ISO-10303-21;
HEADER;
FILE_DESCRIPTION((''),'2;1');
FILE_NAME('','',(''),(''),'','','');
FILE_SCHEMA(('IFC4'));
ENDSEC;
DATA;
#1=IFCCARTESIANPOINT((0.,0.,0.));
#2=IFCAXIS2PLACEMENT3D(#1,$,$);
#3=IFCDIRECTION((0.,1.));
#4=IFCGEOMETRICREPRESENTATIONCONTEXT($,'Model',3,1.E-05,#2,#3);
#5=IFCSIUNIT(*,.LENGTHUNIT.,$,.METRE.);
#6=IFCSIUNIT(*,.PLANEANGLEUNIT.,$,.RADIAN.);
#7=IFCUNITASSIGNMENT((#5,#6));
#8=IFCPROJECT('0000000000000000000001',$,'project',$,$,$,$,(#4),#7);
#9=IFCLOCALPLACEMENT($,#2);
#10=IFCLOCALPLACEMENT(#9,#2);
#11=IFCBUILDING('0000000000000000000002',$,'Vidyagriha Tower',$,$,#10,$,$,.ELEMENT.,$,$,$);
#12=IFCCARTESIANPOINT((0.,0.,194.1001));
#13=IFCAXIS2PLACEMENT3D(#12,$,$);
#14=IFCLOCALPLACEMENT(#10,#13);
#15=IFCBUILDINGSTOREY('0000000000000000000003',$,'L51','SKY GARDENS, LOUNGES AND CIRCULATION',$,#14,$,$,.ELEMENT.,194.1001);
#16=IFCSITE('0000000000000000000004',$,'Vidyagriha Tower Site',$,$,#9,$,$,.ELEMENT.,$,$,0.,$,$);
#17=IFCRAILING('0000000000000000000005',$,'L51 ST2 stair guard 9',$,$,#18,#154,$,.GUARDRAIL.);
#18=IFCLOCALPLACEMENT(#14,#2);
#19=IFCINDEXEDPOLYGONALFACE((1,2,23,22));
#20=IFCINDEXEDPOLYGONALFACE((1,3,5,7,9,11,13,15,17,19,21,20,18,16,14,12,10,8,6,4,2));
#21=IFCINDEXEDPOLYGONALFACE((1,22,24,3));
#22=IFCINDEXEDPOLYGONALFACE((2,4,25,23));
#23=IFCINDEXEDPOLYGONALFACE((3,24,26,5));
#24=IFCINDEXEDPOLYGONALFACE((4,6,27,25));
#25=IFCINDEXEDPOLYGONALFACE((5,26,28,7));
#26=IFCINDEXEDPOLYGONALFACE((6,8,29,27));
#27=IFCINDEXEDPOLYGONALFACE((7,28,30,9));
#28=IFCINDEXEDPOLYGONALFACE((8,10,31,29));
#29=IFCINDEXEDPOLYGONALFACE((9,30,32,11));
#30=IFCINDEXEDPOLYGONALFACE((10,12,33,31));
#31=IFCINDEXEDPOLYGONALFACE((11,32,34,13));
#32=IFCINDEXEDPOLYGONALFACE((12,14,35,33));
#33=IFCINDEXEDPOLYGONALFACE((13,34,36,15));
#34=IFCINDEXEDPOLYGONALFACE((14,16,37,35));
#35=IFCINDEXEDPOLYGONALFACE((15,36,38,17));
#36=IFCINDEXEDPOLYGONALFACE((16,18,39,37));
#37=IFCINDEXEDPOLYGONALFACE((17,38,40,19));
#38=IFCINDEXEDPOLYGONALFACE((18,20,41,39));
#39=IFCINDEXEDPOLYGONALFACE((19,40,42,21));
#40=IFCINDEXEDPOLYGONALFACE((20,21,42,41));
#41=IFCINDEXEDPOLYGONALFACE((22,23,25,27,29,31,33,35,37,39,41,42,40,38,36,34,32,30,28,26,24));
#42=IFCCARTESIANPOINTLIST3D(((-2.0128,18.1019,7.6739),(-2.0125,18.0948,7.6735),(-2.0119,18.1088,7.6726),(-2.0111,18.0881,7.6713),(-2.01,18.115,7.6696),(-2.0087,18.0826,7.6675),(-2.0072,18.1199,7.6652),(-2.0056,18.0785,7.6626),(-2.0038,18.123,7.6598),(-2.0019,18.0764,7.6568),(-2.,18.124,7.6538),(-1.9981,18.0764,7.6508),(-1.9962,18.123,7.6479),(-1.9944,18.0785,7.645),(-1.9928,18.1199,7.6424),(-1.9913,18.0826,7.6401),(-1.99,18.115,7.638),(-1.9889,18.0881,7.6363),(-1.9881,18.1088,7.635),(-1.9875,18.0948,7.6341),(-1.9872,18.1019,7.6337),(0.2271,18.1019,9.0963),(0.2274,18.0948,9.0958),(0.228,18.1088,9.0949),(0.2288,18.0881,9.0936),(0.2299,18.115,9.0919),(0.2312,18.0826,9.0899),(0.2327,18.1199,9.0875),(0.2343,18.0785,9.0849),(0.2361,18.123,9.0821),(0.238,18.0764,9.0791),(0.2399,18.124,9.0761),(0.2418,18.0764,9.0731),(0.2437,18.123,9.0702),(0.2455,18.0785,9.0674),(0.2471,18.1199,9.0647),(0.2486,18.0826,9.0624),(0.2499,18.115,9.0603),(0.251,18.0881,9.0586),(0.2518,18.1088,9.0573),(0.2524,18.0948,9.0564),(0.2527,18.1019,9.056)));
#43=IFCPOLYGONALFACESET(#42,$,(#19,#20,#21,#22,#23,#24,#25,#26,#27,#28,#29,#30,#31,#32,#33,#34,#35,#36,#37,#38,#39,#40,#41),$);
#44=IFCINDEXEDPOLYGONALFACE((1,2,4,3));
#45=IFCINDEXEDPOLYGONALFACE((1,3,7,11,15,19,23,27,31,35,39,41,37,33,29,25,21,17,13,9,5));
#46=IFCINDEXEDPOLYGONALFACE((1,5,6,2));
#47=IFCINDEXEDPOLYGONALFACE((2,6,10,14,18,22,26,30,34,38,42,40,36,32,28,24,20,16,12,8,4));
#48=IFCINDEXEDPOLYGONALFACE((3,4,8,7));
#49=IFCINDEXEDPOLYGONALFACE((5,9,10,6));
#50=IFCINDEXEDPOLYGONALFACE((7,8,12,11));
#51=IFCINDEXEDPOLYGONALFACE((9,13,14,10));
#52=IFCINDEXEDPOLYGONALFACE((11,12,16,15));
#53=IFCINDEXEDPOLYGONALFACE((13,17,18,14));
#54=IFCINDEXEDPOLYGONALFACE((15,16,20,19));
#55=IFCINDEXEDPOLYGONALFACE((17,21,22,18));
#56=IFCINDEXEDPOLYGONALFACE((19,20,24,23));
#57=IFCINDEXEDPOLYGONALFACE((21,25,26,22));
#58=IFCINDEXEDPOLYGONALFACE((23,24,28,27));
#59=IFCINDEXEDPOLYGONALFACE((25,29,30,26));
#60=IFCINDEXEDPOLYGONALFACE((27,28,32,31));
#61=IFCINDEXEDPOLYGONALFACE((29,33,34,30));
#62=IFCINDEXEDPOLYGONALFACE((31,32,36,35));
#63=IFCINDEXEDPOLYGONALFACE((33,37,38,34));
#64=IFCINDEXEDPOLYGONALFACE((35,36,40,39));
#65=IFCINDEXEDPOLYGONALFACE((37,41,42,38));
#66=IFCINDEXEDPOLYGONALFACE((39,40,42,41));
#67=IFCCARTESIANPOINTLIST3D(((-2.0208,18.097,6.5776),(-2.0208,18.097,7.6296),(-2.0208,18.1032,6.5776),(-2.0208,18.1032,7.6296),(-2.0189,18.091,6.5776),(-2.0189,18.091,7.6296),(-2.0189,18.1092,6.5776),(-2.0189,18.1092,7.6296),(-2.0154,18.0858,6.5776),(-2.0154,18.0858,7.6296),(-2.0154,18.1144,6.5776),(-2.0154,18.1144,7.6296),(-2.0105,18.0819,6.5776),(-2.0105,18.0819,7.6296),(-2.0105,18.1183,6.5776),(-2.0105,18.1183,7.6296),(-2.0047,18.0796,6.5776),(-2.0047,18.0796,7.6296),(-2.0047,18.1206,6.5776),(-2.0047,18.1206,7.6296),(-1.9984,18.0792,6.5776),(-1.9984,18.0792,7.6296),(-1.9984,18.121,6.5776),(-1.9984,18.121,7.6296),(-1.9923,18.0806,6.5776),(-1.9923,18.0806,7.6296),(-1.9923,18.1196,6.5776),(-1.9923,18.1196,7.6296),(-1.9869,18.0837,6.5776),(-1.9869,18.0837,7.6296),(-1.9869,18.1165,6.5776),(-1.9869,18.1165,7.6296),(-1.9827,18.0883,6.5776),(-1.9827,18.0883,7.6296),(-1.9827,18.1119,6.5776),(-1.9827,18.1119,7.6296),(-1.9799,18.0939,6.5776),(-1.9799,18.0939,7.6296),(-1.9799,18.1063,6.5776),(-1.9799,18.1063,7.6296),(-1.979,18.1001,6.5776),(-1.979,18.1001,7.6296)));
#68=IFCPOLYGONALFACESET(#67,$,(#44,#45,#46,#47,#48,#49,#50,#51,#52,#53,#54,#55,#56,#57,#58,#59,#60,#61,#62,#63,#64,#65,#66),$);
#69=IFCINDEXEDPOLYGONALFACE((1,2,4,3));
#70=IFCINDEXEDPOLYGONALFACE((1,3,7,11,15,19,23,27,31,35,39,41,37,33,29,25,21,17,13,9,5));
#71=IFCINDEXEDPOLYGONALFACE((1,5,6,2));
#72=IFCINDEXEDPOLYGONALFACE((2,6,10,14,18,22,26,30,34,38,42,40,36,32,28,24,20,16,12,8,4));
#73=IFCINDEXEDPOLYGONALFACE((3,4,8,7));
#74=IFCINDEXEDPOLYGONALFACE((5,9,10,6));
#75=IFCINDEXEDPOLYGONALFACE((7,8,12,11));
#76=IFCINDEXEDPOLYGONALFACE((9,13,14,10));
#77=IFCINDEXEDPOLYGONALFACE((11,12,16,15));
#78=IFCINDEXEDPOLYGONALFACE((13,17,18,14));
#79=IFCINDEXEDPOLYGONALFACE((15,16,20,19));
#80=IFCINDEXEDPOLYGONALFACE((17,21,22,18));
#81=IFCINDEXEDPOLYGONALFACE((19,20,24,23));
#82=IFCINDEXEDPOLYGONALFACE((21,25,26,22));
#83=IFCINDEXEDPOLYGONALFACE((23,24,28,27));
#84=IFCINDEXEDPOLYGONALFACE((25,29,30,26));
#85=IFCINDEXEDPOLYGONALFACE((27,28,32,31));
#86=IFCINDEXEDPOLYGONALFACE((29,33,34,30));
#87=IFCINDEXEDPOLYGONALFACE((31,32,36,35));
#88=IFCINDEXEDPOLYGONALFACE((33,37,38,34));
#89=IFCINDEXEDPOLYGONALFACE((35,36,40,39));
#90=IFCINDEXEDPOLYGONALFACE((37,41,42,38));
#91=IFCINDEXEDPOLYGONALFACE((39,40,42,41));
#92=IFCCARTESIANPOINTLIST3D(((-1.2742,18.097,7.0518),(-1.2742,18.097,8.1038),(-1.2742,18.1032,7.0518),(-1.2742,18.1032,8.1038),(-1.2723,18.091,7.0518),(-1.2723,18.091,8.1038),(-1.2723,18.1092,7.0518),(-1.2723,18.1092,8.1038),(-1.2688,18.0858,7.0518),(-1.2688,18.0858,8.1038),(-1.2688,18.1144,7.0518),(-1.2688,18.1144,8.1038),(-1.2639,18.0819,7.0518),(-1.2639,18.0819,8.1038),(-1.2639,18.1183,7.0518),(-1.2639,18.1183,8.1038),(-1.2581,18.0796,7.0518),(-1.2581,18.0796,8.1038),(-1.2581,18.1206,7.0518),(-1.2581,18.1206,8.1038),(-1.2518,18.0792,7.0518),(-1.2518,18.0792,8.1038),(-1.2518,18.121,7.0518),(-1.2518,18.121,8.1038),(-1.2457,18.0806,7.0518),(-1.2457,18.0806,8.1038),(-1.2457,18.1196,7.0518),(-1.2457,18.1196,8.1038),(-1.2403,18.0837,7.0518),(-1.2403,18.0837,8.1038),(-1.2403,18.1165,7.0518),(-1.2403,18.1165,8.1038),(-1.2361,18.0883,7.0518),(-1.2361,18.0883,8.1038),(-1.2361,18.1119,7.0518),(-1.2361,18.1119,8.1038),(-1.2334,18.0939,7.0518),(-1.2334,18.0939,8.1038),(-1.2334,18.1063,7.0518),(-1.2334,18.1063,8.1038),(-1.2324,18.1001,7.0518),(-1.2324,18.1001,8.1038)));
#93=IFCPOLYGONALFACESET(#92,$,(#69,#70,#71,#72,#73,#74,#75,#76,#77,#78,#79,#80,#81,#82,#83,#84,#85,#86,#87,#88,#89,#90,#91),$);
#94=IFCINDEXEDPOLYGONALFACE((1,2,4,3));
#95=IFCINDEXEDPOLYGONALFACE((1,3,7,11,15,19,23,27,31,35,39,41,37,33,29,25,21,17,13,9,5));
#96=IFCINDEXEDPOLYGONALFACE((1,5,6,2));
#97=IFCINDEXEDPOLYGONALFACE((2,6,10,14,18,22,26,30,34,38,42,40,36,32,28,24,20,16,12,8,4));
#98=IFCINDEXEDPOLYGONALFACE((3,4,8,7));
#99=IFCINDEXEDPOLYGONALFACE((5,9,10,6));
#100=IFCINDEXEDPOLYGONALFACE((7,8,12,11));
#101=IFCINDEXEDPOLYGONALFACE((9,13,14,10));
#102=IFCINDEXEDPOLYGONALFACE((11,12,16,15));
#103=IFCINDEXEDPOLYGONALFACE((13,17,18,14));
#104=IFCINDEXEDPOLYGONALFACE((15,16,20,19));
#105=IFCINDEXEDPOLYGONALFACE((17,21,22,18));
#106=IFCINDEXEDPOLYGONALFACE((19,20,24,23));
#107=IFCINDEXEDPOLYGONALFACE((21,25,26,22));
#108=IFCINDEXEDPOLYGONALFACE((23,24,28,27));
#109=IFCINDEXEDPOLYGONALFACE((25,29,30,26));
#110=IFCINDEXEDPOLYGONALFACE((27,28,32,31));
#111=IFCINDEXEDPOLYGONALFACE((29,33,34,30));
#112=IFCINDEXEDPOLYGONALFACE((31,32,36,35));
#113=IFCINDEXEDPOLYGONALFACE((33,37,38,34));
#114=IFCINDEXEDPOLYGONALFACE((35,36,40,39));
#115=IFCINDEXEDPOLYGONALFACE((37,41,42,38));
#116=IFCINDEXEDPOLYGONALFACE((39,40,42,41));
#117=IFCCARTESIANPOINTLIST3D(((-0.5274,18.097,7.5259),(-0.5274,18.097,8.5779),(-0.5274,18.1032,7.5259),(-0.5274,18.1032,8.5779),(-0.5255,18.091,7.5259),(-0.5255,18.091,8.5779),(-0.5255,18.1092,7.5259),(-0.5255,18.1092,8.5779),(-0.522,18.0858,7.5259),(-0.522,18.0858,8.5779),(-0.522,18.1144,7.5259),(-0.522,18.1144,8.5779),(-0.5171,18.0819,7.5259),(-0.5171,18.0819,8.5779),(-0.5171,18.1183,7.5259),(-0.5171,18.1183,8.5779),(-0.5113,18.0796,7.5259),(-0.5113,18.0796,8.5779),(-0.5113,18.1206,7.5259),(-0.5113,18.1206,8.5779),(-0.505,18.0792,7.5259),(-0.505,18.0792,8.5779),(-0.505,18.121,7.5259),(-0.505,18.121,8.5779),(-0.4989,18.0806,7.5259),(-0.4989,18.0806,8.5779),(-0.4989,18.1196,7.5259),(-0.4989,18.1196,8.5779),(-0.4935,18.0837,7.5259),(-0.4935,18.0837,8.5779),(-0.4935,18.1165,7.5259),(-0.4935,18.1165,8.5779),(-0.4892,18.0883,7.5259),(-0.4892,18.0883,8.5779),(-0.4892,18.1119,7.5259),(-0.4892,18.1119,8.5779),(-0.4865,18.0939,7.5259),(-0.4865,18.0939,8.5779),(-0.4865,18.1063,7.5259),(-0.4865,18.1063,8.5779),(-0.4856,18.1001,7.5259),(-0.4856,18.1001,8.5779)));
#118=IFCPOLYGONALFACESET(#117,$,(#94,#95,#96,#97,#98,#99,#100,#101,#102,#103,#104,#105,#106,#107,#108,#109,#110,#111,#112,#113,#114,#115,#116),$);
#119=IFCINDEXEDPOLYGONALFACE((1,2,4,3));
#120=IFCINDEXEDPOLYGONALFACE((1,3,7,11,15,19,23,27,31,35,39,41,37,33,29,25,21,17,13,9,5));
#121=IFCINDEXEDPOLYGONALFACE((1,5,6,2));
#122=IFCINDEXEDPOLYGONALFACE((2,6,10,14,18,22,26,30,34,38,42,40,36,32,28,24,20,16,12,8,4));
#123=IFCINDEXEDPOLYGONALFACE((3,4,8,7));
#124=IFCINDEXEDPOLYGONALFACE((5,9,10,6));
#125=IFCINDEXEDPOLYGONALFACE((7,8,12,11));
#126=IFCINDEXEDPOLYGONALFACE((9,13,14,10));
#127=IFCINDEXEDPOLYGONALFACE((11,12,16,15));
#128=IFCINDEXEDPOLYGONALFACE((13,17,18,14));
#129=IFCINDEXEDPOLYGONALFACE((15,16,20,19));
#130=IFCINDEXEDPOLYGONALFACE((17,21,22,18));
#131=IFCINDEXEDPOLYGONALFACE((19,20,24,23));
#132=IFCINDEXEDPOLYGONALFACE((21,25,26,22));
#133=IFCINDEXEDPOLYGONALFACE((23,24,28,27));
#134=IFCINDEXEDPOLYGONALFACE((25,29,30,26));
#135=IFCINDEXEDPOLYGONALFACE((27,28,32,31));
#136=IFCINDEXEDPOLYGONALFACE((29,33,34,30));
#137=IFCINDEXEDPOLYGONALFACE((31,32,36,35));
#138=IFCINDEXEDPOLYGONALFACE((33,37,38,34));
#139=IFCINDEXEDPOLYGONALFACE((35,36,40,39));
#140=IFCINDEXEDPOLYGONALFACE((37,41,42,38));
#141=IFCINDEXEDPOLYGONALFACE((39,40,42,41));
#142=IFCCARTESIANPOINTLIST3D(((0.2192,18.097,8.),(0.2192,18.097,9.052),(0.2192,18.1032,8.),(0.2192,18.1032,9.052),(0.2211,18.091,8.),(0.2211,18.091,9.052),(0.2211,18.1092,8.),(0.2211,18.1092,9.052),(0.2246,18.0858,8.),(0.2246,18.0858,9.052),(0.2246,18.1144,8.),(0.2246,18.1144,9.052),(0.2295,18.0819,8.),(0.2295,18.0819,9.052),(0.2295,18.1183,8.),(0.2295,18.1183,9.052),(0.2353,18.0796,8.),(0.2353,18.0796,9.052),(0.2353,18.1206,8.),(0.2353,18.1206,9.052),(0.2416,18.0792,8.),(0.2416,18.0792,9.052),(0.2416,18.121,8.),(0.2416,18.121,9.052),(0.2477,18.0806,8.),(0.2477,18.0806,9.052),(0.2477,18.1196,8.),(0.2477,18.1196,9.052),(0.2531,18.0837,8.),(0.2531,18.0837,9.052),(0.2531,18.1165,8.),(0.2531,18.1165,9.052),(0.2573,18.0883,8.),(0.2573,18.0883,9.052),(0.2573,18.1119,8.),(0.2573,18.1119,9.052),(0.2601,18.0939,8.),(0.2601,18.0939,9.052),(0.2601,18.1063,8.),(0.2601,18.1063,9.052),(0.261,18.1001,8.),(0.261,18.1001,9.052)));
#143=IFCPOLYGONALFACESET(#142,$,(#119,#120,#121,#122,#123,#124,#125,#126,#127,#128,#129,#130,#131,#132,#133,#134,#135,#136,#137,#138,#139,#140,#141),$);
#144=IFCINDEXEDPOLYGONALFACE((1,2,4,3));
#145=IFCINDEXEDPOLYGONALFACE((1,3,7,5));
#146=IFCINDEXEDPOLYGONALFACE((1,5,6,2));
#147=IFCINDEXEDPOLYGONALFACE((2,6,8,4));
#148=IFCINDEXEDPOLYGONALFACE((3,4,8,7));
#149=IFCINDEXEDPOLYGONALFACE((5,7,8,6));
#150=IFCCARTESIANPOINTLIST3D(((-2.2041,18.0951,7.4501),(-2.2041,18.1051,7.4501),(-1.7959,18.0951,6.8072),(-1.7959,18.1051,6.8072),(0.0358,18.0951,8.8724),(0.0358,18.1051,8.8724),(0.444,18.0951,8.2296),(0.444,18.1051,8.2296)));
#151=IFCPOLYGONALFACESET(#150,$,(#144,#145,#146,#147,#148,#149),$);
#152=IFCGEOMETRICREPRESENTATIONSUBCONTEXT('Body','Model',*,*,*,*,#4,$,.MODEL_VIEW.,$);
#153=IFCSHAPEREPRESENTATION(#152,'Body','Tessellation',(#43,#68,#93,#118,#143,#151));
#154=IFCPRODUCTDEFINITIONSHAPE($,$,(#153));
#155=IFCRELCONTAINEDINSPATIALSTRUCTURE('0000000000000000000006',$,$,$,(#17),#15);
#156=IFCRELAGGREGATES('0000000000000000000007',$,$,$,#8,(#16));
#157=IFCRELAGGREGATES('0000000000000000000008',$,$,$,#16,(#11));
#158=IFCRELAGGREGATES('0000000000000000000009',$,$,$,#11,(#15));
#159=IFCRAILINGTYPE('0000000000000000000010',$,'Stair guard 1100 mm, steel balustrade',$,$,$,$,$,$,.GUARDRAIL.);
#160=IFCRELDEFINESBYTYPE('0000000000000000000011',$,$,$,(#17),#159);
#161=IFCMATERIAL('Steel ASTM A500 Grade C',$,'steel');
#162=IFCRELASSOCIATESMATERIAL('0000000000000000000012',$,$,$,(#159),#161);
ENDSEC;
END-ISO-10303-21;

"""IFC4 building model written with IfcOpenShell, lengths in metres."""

from ifc_helpers import new_model, si_unit, direction, frame, origin, origin_2d, place, context, subcontext, project, spatial, rectangle, circle, extrude, material, type_object, element, save


model = new_model("IFC4")

# Units and contexts
model_context = context("Model", 3, precision=1e-05, world=origin(), true_north=direction((0.0, 1.0)))
body_context = subcontext(model_context, "Body", "Model", "MODEL_VIEW")
ifc_project = project(units=[si_unit("LENGTHUNIT", "METRE"), si_unit("PLANEANGLEUNIT", "RADIAN")], contexts=[model_context])

# Site, building, storey
site_placement = place(None, origin())
site = spatial("IfcSite", under=ifc_project, at=site_placement, Name="Vidyagriha Tower Site", CompositionType="ELEMENT", RefElevation=0.0)
building_placement = place(site_placement, origin())
building = spatial("IfcBuilding", under=site, at=building_placement, Name="Vidyagriha Tower", CompositionType="ELEMENT")
storey_placement = place(building_placement, frame((0.0, 0.0, 194.1001)))
storey = spatial("IfcBuildingStorey", under=building, at=storey_placement, Name="L51", Description="SKY GARDENS, LOUNGES AND CIRCULATION", CompositionType="ELEMENT", Elevation=194.1001)

# Railing
ifc_material_1 = material(Name="Steel ASTM A500 Grade C", Category="steel")
railing_type_1 = type_object("IfcRailingType", Name="Stair guard 1100 mm, steel balustrade", PredefinedType="GUARDRAIL", material=ifc_material_1)
railing_1_placement = place(storey_placement, frame((-2.0, 18.1001, 6.5776)))
element("IfcRailing", 1, at=railing_1_placement, inside=storey, type_object=railing_type_1, Name="L51 ST2 stair guard 9", PredefinedType="GUARDRAIL", context=body_context, shape_type="SweptSolid", body=[
    extrude(circle(Radius=0.0239, at=origin_2d()), frame((0.0, 0.0, 1.0762), z_axis=(0.844188, 0.0, 0.536048), x_axis=(0.0, 1.0, 0.0)), (0.0, 0.0, 1.0), 2.6533),
    extrude(circle(Radius=0.021, at=origin_2d()), origin(), (0.0, 0.0, 1.0), 1.052),
    extrude(circle(Radius=0.021, at=origin_2d()), frame((0.7466, 0.0, 0.4741)), (0.0, 0.0, 1.0), 1.052),
    extrude(circle(Radius=0.021, at=origin_2d()), frame((1.4934, 0.0, 0.9482)), (0.0, 0.0, 1.0), 1.052),
    extrude(circle(Radius=0.021, at=origin_2d()), frame((2.24, 0.0, 1.4224)), (0.0, 0.0, 1.0), 1.052),
    extrude(rectangle(XDim=0.01, YDim=0.7615, at=origin_2d()), frame((0.0, 0.0, 0.551), z_axis=(0.844188, 0.0, 0.536048), x_axis=(0.0, 1.0, 0.0)), (0.0, 0.0, 1.0), 2.6533),
])

save(model, "model.ifc")
